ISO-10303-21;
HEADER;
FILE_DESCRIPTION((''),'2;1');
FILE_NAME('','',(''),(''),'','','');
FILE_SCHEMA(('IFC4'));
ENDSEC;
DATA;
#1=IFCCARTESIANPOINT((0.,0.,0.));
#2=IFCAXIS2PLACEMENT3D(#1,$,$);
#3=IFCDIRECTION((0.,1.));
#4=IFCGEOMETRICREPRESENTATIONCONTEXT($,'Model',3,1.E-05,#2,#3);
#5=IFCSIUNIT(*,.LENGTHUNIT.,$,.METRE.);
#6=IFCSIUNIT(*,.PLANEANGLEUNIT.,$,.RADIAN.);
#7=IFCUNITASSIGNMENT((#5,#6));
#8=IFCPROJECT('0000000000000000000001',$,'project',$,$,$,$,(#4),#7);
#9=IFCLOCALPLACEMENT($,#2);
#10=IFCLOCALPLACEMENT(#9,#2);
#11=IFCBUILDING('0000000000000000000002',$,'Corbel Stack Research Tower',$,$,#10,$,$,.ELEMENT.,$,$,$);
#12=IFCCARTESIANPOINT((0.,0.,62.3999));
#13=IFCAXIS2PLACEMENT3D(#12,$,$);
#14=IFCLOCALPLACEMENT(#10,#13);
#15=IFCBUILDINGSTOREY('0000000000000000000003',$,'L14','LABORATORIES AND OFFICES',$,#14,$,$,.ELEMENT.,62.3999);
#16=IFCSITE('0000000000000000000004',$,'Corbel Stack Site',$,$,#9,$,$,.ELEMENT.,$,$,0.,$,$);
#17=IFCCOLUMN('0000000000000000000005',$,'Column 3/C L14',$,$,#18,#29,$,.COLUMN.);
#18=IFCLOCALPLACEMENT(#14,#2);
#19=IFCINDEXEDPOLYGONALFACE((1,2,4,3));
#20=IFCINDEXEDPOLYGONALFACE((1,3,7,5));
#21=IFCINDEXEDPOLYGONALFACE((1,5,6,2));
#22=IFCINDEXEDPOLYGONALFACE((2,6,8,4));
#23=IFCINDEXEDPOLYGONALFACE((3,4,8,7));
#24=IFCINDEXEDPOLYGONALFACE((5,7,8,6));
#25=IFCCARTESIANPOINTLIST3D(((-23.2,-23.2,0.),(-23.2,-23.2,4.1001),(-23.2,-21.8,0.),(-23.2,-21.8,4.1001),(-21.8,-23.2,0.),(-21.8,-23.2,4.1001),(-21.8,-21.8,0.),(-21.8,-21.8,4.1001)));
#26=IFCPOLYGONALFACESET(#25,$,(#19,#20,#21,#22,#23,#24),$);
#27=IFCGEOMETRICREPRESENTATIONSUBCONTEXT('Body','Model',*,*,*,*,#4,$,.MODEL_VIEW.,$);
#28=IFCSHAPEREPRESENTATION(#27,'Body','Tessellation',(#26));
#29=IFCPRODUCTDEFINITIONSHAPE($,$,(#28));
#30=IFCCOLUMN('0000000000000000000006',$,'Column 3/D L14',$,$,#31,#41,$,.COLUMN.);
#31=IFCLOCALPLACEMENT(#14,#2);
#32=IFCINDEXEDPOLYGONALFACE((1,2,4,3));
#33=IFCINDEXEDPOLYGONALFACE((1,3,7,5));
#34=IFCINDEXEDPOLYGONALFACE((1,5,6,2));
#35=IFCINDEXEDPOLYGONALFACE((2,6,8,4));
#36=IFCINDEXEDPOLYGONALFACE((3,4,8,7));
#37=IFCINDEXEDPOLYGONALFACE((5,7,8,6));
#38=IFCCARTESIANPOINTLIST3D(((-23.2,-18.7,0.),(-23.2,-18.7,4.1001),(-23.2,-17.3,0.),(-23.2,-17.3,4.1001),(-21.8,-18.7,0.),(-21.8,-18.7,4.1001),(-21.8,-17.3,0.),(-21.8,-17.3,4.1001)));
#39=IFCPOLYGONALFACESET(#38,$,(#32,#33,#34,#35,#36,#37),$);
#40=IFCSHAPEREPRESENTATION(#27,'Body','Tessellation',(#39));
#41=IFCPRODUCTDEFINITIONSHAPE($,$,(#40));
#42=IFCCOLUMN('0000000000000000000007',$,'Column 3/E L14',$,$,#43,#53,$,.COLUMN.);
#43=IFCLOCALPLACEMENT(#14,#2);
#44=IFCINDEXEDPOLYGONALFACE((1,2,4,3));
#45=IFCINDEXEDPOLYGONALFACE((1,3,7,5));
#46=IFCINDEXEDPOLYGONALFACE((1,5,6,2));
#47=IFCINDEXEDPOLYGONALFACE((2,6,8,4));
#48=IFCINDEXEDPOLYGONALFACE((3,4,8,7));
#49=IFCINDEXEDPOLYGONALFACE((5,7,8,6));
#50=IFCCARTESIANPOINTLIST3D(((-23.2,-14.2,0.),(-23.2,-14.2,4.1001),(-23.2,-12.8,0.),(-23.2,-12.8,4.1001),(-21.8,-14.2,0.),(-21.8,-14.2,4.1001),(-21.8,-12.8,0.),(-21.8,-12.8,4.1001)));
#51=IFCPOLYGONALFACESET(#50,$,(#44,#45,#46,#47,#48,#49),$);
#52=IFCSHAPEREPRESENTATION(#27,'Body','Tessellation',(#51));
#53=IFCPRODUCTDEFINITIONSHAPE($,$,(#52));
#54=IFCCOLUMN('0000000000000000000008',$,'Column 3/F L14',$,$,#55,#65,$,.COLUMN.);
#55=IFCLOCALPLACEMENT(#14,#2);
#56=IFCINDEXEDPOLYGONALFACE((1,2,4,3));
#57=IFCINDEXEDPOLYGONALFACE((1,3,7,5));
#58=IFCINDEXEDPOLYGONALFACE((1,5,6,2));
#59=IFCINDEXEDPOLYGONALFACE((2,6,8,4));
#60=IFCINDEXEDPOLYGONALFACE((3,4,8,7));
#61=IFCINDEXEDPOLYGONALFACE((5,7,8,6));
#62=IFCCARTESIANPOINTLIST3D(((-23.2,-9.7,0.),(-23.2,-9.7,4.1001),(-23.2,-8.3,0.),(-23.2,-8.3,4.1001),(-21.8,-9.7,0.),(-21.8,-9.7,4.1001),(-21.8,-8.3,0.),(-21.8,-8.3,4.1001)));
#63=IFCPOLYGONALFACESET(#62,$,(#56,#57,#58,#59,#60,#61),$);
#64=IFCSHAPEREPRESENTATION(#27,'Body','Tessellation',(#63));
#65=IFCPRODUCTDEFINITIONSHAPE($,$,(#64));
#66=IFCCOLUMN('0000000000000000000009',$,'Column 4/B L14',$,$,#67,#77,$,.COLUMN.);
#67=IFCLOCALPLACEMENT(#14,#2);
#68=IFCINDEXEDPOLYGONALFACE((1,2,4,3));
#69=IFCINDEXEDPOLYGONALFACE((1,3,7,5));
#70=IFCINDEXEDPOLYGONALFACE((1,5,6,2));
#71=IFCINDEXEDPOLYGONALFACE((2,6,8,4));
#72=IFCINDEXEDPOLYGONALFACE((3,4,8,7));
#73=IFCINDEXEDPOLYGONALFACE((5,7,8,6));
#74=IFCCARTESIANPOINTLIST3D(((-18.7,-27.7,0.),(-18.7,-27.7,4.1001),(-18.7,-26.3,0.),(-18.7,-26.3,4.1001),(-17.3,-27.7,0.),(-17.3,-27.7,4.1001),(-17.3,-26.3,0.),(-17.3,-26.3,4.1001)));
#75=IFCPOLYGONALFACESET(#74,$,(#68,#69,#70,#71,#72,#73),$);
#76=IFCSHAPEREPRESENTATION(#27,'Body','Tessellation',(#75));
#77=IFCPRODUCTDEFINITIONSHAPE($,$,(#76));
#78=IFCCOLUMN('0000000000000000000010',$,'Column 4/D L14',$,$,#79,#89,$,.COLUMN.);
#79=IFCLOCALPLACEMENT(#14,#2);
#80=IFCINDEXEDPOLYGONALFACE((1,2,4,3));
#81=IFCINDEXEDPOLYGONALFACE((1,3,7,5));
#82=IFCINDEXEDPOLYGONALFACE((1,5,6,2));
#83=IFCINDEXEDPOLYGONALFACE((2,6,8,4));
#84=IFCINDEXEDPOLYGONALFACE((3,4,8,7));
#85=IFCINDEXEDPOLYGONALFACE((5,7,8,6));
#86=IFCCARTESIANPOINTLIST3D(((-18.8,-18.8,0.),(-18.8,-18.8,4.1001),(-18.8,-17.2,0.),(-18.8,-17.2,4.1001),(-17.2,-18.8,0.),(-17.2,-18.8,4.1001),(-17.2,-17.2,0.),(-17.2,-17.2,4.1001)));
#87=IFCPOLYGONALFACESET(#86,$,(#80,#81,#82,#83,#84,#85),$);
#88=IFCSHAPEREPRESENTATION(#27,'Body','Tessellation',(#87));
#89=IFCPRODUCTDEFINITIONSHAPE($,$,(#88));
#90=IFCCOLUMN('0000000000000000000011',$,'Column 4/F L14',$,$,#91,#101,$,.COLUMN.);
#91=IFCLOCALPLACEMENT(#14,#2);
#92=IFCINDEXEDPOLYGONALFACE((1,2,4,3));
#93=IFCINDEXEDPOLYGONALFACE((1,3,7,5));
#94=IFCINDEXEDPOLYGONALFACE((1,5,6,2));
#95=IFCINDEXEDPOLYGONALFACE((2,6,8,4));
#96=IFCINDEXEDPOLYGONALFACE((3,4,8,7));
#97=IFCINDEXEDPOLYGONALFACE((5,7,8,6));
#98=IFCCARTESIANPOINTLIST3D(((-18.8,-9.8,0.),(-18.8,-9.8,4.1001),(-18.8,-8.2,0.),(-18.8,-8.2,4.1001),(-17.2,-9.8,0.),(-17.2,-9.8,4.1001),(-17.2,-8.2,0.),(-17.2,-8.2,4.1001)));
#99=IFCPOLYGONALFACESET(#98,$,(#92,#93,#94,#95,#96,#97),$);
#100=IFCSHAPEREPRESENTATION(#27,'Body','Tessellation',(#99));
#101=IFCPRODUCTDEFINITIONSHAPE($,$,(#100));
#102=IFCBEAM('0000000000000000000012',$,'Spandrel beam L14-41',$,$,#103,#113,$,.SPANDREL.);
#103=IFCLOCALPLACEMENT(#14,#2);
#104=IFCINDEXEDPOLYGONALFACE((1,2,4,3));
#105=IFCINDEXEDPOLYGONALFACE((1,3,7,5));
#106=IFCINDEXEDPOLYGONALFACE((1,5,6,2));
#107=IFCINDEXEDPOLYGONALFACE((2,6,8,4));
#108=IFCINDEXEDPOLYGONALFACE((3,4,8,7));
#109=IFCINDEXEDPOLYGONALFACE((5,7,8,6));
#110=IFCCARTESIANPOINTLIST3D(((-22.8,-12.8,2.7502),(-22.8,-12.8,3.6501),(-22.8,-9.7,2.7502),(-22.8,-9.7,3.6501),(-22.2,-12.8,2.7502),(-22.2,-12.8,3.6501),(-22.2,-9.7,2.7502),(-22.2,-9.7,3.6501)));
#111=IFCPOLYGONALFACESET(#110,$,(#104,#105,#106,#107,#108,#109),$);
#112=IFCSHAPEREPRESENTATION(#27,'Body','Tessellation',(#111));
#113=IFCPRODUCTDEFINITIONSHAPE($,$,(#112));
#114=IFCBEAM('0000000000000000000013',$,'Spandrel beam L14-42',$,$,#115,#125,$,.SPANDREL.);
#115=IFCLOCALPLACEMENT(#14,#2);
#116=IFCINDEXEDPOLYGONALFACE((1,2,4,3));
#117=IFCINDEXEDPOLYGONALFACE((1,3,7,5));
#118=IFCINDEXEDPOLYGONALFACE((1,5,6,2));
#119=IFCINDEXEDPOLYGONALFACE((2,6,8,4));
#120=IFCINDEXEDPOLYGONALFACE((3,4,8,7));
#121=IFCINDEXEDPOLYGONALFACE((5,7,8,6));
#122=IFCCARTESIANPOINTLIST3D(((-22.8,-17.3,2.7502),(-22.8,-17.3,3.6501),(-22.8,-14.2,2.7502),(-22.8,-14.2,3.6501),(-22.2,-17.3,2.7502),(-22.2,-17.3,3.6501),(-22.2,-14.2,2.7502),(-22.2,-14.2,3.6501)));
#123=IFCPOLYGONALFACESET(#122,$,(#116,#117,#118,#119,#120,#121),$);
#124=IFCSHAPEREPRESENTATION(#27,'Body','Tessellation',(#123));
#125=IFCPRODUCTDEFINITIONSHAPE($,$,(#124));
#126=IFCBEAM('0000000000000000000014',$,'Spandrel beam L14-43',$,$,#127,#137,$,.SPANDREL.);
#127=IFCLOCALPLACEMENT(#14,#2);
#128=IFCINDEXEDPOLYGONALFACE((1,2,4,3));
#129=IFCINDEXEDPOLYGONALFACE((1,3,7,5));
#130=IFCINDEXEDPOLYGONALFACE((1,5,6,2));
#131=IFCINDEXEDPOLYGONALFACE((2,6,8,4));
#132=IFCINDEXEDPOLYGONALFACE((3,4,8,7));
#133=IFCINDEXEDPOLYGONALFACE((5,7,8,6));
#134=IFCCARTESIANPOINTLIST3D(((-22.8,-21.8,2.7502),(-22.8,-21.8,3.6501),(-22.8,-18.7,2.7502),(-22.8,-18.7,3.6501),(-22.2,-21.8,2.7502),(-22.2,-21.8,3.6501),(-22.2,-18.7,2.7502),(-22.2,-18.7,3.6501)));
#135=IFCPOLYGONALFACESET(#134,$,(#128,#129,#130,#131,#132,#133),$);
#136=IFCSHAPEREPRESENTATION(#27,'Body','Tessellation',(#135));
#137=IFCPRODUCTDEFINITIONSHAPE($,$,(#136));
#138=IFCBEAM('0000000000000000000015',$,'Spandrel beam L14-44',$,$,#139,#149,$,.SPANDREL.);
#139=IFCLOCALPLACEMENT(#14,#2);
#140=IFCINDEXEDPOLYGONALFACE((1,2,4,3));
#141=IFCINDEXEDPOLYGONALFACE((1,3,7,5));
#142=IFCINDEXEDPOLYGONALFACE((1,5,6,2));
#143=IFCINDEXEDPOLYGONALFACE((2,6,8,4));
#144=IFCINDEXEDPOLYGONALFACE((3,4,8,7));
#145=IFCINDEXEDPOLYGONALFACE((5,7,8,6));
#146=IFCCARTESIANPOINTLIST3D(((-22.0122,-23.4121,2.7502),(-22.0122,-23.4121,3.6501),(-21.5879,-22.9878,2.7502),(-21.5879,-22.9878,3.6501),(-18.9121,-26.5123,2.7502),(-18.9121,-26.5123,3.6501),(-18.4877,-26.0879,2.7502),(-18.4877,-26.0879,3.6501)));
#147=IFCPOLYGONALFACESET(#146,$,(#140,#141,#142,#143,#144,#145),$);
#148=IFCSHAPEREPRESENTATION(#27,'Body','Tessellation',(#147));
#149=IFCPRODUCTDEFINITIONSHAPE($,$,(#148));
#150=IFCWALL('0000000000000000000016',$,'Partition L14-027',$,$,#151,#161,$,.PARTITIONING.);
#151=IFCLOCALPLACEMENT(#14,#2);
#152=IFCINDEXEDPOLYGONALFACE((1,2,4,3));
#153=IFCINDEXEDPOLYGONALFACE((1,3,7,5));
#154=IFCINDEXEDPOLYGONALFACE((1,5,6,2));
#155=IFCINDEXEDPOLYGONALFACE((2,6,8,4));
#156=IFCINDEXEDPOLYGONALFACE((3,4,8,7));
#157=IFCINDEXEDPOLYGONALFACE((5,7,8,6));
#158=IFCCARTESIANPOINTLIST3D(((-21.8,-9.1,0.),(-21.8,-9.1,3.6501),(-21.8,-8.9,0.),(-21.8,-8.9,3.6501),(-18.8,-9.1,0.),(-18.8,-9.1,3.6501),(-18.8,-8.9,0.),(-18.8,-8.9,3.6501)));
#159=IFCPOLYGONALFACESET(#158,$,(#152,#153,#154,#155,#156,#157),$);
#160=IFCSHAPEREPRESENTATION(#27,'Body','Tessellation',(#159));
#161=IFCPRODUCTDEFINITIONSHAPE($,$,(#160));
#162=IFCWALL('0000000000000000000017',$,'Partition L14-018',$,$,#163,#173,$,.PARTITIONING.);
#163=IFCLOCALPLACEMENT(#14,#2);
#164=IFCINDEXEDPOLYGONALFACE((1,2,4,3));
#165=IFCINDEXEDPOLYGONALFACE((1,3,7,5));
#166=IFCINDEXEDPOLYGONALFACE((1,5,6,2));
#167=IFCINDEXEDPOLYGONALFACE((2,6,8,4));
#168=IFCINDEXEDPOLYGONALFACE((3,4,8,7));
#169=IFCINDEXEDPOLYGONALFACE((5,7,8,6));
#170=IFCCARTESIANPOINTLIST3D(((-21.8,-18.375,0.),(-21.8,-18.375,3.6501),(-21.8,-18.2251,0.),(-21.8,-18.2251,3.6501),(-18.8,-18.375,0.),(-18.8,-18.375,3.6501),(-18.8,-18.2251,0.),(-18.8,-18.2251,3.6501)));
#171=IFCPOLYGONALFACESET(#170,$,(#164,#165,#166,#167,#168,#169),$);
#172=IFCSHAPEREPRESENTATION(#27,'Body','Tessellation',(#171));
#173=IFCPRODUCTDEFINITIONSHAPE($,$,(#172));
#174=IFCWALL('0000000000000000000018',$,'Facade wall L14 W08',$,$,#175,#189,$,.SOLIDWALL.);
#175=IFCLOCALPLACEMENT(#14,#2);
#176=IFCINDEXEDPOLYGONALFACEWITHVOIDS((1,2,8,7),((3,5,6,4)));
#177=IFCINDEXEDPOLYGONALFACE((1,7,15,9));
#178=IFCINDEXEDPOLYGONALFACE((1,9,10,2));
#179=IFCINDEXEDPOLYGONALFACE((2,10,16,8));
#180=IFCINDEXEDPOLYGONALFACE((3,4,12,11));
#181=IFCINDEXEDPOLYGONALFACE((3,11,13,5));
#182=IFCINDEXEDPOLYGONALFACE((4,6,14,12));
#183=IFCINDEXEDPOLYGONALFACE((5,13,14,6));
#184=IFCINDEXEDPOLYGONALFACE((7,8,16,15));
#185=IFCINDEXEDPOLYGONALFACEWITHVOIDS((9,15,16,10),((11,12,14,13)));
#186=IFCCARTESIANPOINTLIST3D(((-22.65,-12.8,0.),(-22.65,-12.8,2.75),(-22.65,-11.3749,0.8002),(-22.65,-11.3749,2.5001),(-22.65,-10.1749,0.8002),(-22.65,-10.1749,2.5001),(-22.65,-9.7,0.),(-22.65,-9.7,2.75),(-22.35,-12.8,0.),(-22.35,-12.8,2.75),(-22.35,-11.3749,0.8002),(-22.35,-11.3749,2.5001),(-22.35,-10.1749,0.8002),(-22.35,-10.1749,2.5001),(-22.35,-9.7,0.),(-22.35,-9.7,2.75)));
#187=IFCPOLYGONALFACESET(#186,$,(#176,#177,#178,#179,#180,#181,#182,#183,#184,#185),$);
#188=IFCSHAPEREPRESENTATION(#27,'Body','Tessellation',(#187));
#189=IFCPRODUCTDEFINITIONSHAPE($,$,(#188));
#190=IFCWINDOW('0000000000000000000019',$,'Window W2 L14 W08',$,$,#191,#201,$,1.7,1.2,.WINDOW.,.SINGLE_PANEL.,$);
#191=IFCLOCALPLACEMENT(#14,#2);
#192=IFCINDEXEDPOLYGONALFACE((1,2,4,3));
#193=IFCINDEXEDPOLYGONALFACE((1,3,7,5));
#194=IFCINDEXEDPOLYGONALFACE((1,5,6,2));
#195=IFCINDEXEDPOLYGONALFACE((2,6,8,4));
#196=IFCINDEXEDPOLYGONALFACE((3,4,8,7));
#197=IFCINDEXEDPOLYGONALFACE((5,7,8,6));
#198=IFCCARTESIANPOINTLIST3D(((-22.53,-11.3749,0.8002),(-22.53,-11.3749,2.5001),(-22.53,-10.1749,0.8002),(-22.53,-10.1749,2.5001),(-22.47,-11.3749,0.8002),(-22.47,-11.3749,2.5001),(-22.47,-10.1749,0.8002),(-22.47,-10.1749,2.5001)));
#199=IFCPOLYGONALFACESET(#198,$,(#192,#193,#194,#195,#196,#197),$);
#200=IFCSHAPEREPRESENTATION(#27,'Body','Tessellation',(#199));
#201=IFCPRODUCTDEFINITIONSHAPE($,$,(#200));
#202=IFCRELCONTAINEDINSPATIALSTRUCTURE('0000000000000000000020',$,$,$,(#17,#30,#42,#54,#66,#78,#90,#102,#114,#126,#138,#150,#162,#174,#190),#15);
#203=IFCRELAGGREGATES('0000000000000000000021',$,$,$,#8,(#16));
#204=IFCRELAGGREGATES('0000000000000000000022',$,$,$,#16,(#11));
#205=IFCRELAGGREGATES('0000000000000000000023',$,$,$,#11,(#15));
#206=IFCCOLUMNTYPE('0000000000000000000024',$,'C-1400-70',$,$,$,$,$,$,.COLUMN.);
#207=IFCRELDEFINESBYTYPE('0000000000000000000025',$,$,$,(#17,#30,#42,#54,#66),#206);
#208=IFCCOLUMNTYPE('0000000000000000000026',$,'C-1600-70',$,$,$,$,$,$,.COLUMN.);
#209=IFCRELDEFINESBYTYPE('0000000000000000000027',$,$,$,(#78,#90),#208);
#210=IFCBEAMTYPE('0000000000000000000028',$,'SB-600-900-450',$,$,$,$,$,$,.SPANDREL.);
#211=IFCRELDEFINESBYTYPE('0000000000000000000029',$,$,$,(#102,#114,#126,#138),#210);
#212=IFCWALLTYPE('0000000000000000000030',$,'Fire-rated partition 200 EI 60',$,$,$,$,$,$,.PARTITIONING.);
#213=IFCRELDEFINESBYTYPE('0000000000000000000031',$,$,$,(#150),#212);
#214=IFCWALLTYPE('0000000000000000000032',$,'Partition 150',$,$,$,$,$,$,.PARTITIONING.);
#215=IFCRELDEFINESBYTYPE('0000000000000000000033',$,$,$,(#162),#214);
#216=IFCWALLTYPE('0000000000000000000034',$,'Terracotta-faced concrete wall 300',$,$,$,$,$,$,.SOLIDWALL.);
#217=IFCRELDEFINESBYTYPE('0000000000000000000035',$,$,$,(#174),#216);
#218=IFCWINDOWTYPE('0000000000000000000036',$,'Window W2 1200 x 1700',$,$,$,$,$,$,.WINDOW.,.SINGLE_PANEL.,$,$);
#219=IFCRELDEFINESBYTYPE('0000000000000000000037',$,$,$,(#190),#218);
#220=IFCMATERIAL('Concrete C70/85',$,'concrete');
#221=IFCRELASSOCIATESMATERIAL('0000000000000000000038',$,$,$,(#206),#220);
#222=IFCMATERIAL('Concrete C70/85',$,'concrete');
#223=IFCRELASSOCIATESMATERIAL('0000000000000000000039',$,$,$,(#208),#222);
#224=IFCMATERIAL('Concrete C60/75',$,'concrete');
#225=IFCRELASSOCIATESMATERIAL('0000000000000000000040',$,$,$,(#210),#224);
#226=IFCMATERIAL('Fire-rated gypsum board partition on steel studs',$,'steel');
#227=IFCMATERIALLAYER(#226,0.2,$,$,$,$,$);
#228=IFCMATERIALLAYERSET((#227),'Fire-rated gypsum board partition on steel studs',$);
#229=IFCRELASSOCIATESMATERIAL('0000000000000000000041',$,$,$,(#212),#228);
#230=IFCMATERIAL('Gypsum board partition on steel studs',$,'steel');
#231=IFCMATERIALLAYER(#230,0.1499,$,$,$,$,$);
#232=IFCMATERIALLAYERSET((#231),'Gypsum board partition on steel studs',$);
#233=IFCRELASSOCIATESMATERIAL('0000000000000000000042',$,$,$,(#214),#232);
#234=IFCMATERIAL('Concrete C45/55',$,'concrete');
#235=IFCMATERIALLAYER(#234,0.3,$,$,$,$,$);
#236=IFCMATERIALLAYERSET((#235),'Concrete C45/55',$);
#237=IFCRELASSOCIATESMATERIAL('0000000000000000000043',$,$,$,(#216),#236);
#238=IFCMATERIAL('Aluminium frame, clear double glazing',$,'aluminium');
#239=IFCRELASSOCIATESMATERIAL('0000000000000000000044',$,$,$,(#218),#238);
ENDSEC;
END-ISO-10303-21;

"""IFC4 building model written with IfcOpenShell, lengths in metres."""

from ifc_helpers import new_model, si_unit, direction, frame, frame_2d, origin, origin_2d, place, context, subcontext, project, spatial, rectangle, extrude, material, layer, layer_set, material_profile, profile_set, type_object, element, fill, save


model = new_model("IFC4")

# Units and contexts
model_context = context("Model", 3, precision=1e-05, world=origin(), true_north=direction((0.0, 1.0)))
body_context = subcontext(model_context, "Body", "Model", "MODEL_VIEW")
ifc_project = project(units=[si_unit("LENGTHUNIT", "METRE"), si_unit("PLANEANGLEUNIT", "RADIAN")], contexts=[model_context])

# Site, building, storey
site_placement = place(None, origin())
site = spatial("IfcSite", under=ifc_project, at=site_placement, Name="Corbel Stack Site", CompositionType="ELEMENT", RefElevation=0.0)
building_placement = place(site_placement, origin())
building = spatial("IfcBuilding", under=site, at=building_placement, Name="Corbel Stack Research Tower", CompositionType="ELEMENT")
storey_placement = place(building_placement, frame((0.0, 0.0, 62.3999)))
storey = spatial("IfcBuildingStorey", under=building, at=storey_placement, Name="L14", Description="LABORATORIES AND OFFICES", CompositionType="ELEMENT", Elevation=62.3999)

# Columns
ifc_material_1 = material(Name="Concrete C70/85", Category="concrete")
ifc_material_profile_1 = material_profile(ifc_material_1, rectangle(XDim=1.3999, YDim=1.3999, at=origin_2d()), Name="RC 1400 x 1400")
ifc_profile_set_1 = profile_set([ifc_material_profile_1], Name="Concrete C70/85")
column_type_1 = type_object("IfcColumnType", Name="C-1400-70", PredefinedType="COLUMN", material=ifc_profile_set_1)
for number, where, z_axis, x_axis, name in (
    (1, (-22.5, -22.5, 0.0), (0.0, 0.0, 1.0), (1.0, 0.0, 0.0), "Column 3/C L14"),
    (2, (-22.5, -18.0, 0.0), (0.0, 0.0, 1.0), (1.0, 0.0, 0.0), "Column 3/D L14"),
    (3, (-22.5, -13.5, 0.0), (0.0, 0.0, 1.0), (1.0, 0.0, 0.0), "Column 3/E L14"),
    (4, (-22.5, -9.0, 0.0), (0.0, 0.0, 1.0), (1.0, 0.0, 0.0), "Column 3/F L14"),
    (5, (-18.0, -27.0, 0.0), (0.0, 0.0, 1.0), (1.0, 0.0, 0.0), "Column 4/B L14"),
):
    element("IfcColumn", number, at=place(storey_placement, frame(where, z_axis=z_axis, x_axis=x_axis)), inside=storey, type_object=column_type_1, Name=name, PredefinedType="COLUMN", context=body_context, shape_type="SweptSolid", body=[
        extrude(rectangle(XDim=1.3999, YDim=1.3999, at=origin_2d()), origin(), (0.0, 0.0, 1.0), 4.1001),
    ])
ifc_material_2 = material(Name="Concrete C70/85", Category="concrete")
ifc_material_profile_2 = material_profile(ifc_material_2, rectangle(XDim=1.6001, YDim=1.6001, at=origin_2d()), Name="RC 1600 x 1600")
ifc_profile_set_2 = profile_set([ifc_material_profile_2], Name="Concrete C70/85")
column_type_2 = type_object("IfcColumnType", Name="C-1600-70", PredefinedType="COLUMN", material=ifc_profile_set_2)
for number, where, z_axis, x_axis, name in (
    (6, (-18.0, -18.0, 0.0), (0.0, 0.0, 1.0), (1.0, 0.0, 0.0), "Column 4/D L14"),
    (7, (-18.0, -9.0, 0.0), (0.0, 0.0, 1.0), (1.0, 0.0, 0.0), "Column 4/F L14"),
):
    element("IfcColumn", number, at=place(storey_placement, frame(where, z_axis=z_axis, x_axis=x_axis)), inside=storey, type_object=column_type_2, Name=name, PredefinedType="COLUMN", context=body_context, shape_type="SweptSolid", body=[
        extrude(rectangle(XDim=1.6001, YDim=1.6001, at=origin_2d()), origin(), (0.0, 0.0, 1.0), 4.1001),
    ])

# Beams
ifc_material_3 = material(Name="Concrete C60/75", Category="concrete")
ifc_material_profile_3 = material_profile(ifc_material_3, rectangle(XDim=0.6001, YDim=0.8999, at=origin_2d()), Name="RC 600 x 900")
ifc_profile_set_3 = profile_set([ifc_material_profile_3], Name="Concrete C60/75")
beam_type = type_object("IfcBeamType", Name="SB-600-900-450", PredefinedType="SPANDREL", material=ifc_profile_set_3)
for number, where, z_axis, x_axis, name in (
    (8, (-22.5, -9.7, 3.2002), (0.0, -1.0, 0.0), (1.0, 0.0, 0.0), "Spandrel beam L14-41"),
    (9, (-22.5, -14.2, 3.2002), (0.0, -1.0, 0.0), (1.0, 0.0, 0.0), "Spandrel beam L14-42"),
    (10, (-22.5, -18.7, 3.2002), (0.0, -1.0, 0.0), (1.0, 0.0, 0.0), "Spandrel beam L14-43"),
):
    element("IfcBeam", number, at=place(storey_placement, frame(where, z_axis=z_axis, x_axis=x_axis)), inside=storey, type_object=beam_type, Name=name, PredefinedType="SPANDREL", context=body_context, shape_type="SweptSolid", body=[
        extrude(rectangle(XDim=0.6001, YDim=0.8999, at=origin_2d()), origin(), (0.0, 0.0, 1.0), 3.1001),
    ])
beam_placement = place(storey_placement, frame((-21.8, -23.2, 3.2002), z_axis=(0.707107, -0.707107, 0.0), x_axis=(0.707107, 0.707107, 0.0)))
element("IfcBeam", 11, at=beam_placement, inside=storey, type_object=beam_type, Name="Spandrel beam L14-44", PredefinedType="SPANDREL", context=body_context, shape_type="SweptSolid", body=[
    extrude(rectangle(XDim=0.6001, YDim=0.8999, at=origin_2d()), origin(), (0.0, 0.0, 1.0), 4.3843),
])

# Walls
ifc_material_4 = material(Name="Fire-rated gypsum board partition on steel studs", Category="steel")
ifc_layer_1 = layer(ifc_material_4, 0.2)
ifc_layer_set_1 = layer_set([ifc_layer_1], Name="Fire-rated gypsum board partition on steel studs")
wall_type_1 = type_object("IfcWallType", Name="Fire-rated partition 200 EI 60", PredefinedType="PARTITIONING", material=ifc_layer_set_1)
wall_1_placement = place(storey_placement, frame((-21.8, -9.0, 0.0), z_axis=(0.0, 0.0, 1.0), x_axis=(1.0, 0.0, 0.0)))
element("IfcWall", 12, at=wall_1_placement, inside=storey, type_object=wall_type_1, Name="Partition L14-027", PredefinedType="PARTITIONING", context=body_context, shape_type="SweptSolid", body=[
    extrude(rectangle(XDim=3.0, YDim=0.2, at=frame_2d((1.5, 0.0))), origin(), (0.0, 0.0, 1.0), 3.6501),
])
ifc_material_5 = material(Name="Gypsum board partition on steel studs", Category="steel")
ifc_layer_2 = layer(ifc_material_5, 0.1499)
ifc_layer_set_2 = layer_set([ifc_layer_2], Name="Gypsum board partition on steel studs")
wall_type_2 = type_object("IfcWallType", Name="Partition 150", PredefinedType="PARTITIONING", material=ifc_layer_set_2)
wall_2_placement = place(storey_placement, frame((-21.8, -18.3, 0.0), z_axis=(0.0, 0.0, 1.0), x_axis=(1.0, 0.0, 0.0)))
element("IfcWall", 13, at=wall_2_placement, inside=storey, type_object=wall_type_2, Name="Partition L14-018", PredefinedType="PARTITIONING", context=body_context, shape_type="SweptSolid", body=[
    extrude(rectangle(XDim=3.0, YDim=0.1499, at=frame_2d((1.5, 0.0))), origin(), (0.0, 0.0, 1.0), 3.6501),
])

# Wall, opening, window
ifc_material_6 = material(Name="Concrete C45/55", Category="concrete")
ifc_layer_3 = layer(ifc_material_6, 0.3)
ifc_layer_set_3 = layer_set([ifc_layer_3], Name="Concrete C45/55")
wall_type_3 = type_object("IfcWallType", Name="Terracotta-faced concrete wall 300", PredefinedType="SOLIDWALL", material=ifc_layer_set_3)
wall_3_placement = place(storey_placement, frame((-22.5, -12.8, 0.0), z_axis=(0.0, 0.0, 1.0), x_axis=(0.0, 1.0, 0.0)))
wall_3 = element("IfcWall", 14, at=wall_3_placement, inside=storey, type_object=wall_type_3, Name="Facade wall L14 W08", PredefinedType="SOLIDWALL", context=body_context, shape_type="SweptSolid", body=[
    extrude(rectangle(XDim=3.1001, YDim=0.3, at=frame_2d((1.55, 0.0))), origin(), (0.0, 0.0, 1.0), 2.75),
])
opening_1_placement = place(wall_3_placement, frame((1.425, 0.0, 0.8)))
opening_1 = element("IfcOpeningElement", 15, at=opening_1_placement, cuts=wall_3, PredefinedType="OPENING", context=body_context, shape_type="SweptSolid", body=[
    extrude(rectangle(XDim=1.2, YDim=1.7, at=frame_2d((0.6001, 0.8501))), frame((0.0, 0.1599, 0.0), z_axis=(0.0, -1.0, 0.0), x_axis=(1.0, 0.0, 0.0)), (0.0, 0.0, 1.0), 0.3201),
])
ifc_material_7 = material(Name="Aluminium frame, clear double glazing", Category="aluminium")
window_type_1 = type_object("IfcWindowType", Name="Window W2 1200 x 1700", PartitioningType="SINGLE_PANEL", PredefinedType="WINDOW", material=ifc_material_7)
window_1_placement = place(opening_1_placement, origin())
window_1 = element("IfcWindow", 16, at=window_1_placement, inside=storey, type_object=window_type_1, Name="Window W2 L14 W08", OverallHeight=1.7, OverallWidth=1.2, PartitioningType="SINGLE_PANEL", PredefinedType="WINDOW", context=body_context, shape_type="SweptSolid", body=[
    extrude(rectangle(XDim=1.2, YDim=1.7, at=frame_2d((0.6001, 0.8501))), frame((0.0, 0.03, 0.0), z_axis=(0.0, -1.0, 0.0), x_axis=(1.0, 0.0, 0.0)), (0.0, 0.0, 1.0), 0.0601),
])
fill(opening_1, window_1)

save(model, "model.ifc")
